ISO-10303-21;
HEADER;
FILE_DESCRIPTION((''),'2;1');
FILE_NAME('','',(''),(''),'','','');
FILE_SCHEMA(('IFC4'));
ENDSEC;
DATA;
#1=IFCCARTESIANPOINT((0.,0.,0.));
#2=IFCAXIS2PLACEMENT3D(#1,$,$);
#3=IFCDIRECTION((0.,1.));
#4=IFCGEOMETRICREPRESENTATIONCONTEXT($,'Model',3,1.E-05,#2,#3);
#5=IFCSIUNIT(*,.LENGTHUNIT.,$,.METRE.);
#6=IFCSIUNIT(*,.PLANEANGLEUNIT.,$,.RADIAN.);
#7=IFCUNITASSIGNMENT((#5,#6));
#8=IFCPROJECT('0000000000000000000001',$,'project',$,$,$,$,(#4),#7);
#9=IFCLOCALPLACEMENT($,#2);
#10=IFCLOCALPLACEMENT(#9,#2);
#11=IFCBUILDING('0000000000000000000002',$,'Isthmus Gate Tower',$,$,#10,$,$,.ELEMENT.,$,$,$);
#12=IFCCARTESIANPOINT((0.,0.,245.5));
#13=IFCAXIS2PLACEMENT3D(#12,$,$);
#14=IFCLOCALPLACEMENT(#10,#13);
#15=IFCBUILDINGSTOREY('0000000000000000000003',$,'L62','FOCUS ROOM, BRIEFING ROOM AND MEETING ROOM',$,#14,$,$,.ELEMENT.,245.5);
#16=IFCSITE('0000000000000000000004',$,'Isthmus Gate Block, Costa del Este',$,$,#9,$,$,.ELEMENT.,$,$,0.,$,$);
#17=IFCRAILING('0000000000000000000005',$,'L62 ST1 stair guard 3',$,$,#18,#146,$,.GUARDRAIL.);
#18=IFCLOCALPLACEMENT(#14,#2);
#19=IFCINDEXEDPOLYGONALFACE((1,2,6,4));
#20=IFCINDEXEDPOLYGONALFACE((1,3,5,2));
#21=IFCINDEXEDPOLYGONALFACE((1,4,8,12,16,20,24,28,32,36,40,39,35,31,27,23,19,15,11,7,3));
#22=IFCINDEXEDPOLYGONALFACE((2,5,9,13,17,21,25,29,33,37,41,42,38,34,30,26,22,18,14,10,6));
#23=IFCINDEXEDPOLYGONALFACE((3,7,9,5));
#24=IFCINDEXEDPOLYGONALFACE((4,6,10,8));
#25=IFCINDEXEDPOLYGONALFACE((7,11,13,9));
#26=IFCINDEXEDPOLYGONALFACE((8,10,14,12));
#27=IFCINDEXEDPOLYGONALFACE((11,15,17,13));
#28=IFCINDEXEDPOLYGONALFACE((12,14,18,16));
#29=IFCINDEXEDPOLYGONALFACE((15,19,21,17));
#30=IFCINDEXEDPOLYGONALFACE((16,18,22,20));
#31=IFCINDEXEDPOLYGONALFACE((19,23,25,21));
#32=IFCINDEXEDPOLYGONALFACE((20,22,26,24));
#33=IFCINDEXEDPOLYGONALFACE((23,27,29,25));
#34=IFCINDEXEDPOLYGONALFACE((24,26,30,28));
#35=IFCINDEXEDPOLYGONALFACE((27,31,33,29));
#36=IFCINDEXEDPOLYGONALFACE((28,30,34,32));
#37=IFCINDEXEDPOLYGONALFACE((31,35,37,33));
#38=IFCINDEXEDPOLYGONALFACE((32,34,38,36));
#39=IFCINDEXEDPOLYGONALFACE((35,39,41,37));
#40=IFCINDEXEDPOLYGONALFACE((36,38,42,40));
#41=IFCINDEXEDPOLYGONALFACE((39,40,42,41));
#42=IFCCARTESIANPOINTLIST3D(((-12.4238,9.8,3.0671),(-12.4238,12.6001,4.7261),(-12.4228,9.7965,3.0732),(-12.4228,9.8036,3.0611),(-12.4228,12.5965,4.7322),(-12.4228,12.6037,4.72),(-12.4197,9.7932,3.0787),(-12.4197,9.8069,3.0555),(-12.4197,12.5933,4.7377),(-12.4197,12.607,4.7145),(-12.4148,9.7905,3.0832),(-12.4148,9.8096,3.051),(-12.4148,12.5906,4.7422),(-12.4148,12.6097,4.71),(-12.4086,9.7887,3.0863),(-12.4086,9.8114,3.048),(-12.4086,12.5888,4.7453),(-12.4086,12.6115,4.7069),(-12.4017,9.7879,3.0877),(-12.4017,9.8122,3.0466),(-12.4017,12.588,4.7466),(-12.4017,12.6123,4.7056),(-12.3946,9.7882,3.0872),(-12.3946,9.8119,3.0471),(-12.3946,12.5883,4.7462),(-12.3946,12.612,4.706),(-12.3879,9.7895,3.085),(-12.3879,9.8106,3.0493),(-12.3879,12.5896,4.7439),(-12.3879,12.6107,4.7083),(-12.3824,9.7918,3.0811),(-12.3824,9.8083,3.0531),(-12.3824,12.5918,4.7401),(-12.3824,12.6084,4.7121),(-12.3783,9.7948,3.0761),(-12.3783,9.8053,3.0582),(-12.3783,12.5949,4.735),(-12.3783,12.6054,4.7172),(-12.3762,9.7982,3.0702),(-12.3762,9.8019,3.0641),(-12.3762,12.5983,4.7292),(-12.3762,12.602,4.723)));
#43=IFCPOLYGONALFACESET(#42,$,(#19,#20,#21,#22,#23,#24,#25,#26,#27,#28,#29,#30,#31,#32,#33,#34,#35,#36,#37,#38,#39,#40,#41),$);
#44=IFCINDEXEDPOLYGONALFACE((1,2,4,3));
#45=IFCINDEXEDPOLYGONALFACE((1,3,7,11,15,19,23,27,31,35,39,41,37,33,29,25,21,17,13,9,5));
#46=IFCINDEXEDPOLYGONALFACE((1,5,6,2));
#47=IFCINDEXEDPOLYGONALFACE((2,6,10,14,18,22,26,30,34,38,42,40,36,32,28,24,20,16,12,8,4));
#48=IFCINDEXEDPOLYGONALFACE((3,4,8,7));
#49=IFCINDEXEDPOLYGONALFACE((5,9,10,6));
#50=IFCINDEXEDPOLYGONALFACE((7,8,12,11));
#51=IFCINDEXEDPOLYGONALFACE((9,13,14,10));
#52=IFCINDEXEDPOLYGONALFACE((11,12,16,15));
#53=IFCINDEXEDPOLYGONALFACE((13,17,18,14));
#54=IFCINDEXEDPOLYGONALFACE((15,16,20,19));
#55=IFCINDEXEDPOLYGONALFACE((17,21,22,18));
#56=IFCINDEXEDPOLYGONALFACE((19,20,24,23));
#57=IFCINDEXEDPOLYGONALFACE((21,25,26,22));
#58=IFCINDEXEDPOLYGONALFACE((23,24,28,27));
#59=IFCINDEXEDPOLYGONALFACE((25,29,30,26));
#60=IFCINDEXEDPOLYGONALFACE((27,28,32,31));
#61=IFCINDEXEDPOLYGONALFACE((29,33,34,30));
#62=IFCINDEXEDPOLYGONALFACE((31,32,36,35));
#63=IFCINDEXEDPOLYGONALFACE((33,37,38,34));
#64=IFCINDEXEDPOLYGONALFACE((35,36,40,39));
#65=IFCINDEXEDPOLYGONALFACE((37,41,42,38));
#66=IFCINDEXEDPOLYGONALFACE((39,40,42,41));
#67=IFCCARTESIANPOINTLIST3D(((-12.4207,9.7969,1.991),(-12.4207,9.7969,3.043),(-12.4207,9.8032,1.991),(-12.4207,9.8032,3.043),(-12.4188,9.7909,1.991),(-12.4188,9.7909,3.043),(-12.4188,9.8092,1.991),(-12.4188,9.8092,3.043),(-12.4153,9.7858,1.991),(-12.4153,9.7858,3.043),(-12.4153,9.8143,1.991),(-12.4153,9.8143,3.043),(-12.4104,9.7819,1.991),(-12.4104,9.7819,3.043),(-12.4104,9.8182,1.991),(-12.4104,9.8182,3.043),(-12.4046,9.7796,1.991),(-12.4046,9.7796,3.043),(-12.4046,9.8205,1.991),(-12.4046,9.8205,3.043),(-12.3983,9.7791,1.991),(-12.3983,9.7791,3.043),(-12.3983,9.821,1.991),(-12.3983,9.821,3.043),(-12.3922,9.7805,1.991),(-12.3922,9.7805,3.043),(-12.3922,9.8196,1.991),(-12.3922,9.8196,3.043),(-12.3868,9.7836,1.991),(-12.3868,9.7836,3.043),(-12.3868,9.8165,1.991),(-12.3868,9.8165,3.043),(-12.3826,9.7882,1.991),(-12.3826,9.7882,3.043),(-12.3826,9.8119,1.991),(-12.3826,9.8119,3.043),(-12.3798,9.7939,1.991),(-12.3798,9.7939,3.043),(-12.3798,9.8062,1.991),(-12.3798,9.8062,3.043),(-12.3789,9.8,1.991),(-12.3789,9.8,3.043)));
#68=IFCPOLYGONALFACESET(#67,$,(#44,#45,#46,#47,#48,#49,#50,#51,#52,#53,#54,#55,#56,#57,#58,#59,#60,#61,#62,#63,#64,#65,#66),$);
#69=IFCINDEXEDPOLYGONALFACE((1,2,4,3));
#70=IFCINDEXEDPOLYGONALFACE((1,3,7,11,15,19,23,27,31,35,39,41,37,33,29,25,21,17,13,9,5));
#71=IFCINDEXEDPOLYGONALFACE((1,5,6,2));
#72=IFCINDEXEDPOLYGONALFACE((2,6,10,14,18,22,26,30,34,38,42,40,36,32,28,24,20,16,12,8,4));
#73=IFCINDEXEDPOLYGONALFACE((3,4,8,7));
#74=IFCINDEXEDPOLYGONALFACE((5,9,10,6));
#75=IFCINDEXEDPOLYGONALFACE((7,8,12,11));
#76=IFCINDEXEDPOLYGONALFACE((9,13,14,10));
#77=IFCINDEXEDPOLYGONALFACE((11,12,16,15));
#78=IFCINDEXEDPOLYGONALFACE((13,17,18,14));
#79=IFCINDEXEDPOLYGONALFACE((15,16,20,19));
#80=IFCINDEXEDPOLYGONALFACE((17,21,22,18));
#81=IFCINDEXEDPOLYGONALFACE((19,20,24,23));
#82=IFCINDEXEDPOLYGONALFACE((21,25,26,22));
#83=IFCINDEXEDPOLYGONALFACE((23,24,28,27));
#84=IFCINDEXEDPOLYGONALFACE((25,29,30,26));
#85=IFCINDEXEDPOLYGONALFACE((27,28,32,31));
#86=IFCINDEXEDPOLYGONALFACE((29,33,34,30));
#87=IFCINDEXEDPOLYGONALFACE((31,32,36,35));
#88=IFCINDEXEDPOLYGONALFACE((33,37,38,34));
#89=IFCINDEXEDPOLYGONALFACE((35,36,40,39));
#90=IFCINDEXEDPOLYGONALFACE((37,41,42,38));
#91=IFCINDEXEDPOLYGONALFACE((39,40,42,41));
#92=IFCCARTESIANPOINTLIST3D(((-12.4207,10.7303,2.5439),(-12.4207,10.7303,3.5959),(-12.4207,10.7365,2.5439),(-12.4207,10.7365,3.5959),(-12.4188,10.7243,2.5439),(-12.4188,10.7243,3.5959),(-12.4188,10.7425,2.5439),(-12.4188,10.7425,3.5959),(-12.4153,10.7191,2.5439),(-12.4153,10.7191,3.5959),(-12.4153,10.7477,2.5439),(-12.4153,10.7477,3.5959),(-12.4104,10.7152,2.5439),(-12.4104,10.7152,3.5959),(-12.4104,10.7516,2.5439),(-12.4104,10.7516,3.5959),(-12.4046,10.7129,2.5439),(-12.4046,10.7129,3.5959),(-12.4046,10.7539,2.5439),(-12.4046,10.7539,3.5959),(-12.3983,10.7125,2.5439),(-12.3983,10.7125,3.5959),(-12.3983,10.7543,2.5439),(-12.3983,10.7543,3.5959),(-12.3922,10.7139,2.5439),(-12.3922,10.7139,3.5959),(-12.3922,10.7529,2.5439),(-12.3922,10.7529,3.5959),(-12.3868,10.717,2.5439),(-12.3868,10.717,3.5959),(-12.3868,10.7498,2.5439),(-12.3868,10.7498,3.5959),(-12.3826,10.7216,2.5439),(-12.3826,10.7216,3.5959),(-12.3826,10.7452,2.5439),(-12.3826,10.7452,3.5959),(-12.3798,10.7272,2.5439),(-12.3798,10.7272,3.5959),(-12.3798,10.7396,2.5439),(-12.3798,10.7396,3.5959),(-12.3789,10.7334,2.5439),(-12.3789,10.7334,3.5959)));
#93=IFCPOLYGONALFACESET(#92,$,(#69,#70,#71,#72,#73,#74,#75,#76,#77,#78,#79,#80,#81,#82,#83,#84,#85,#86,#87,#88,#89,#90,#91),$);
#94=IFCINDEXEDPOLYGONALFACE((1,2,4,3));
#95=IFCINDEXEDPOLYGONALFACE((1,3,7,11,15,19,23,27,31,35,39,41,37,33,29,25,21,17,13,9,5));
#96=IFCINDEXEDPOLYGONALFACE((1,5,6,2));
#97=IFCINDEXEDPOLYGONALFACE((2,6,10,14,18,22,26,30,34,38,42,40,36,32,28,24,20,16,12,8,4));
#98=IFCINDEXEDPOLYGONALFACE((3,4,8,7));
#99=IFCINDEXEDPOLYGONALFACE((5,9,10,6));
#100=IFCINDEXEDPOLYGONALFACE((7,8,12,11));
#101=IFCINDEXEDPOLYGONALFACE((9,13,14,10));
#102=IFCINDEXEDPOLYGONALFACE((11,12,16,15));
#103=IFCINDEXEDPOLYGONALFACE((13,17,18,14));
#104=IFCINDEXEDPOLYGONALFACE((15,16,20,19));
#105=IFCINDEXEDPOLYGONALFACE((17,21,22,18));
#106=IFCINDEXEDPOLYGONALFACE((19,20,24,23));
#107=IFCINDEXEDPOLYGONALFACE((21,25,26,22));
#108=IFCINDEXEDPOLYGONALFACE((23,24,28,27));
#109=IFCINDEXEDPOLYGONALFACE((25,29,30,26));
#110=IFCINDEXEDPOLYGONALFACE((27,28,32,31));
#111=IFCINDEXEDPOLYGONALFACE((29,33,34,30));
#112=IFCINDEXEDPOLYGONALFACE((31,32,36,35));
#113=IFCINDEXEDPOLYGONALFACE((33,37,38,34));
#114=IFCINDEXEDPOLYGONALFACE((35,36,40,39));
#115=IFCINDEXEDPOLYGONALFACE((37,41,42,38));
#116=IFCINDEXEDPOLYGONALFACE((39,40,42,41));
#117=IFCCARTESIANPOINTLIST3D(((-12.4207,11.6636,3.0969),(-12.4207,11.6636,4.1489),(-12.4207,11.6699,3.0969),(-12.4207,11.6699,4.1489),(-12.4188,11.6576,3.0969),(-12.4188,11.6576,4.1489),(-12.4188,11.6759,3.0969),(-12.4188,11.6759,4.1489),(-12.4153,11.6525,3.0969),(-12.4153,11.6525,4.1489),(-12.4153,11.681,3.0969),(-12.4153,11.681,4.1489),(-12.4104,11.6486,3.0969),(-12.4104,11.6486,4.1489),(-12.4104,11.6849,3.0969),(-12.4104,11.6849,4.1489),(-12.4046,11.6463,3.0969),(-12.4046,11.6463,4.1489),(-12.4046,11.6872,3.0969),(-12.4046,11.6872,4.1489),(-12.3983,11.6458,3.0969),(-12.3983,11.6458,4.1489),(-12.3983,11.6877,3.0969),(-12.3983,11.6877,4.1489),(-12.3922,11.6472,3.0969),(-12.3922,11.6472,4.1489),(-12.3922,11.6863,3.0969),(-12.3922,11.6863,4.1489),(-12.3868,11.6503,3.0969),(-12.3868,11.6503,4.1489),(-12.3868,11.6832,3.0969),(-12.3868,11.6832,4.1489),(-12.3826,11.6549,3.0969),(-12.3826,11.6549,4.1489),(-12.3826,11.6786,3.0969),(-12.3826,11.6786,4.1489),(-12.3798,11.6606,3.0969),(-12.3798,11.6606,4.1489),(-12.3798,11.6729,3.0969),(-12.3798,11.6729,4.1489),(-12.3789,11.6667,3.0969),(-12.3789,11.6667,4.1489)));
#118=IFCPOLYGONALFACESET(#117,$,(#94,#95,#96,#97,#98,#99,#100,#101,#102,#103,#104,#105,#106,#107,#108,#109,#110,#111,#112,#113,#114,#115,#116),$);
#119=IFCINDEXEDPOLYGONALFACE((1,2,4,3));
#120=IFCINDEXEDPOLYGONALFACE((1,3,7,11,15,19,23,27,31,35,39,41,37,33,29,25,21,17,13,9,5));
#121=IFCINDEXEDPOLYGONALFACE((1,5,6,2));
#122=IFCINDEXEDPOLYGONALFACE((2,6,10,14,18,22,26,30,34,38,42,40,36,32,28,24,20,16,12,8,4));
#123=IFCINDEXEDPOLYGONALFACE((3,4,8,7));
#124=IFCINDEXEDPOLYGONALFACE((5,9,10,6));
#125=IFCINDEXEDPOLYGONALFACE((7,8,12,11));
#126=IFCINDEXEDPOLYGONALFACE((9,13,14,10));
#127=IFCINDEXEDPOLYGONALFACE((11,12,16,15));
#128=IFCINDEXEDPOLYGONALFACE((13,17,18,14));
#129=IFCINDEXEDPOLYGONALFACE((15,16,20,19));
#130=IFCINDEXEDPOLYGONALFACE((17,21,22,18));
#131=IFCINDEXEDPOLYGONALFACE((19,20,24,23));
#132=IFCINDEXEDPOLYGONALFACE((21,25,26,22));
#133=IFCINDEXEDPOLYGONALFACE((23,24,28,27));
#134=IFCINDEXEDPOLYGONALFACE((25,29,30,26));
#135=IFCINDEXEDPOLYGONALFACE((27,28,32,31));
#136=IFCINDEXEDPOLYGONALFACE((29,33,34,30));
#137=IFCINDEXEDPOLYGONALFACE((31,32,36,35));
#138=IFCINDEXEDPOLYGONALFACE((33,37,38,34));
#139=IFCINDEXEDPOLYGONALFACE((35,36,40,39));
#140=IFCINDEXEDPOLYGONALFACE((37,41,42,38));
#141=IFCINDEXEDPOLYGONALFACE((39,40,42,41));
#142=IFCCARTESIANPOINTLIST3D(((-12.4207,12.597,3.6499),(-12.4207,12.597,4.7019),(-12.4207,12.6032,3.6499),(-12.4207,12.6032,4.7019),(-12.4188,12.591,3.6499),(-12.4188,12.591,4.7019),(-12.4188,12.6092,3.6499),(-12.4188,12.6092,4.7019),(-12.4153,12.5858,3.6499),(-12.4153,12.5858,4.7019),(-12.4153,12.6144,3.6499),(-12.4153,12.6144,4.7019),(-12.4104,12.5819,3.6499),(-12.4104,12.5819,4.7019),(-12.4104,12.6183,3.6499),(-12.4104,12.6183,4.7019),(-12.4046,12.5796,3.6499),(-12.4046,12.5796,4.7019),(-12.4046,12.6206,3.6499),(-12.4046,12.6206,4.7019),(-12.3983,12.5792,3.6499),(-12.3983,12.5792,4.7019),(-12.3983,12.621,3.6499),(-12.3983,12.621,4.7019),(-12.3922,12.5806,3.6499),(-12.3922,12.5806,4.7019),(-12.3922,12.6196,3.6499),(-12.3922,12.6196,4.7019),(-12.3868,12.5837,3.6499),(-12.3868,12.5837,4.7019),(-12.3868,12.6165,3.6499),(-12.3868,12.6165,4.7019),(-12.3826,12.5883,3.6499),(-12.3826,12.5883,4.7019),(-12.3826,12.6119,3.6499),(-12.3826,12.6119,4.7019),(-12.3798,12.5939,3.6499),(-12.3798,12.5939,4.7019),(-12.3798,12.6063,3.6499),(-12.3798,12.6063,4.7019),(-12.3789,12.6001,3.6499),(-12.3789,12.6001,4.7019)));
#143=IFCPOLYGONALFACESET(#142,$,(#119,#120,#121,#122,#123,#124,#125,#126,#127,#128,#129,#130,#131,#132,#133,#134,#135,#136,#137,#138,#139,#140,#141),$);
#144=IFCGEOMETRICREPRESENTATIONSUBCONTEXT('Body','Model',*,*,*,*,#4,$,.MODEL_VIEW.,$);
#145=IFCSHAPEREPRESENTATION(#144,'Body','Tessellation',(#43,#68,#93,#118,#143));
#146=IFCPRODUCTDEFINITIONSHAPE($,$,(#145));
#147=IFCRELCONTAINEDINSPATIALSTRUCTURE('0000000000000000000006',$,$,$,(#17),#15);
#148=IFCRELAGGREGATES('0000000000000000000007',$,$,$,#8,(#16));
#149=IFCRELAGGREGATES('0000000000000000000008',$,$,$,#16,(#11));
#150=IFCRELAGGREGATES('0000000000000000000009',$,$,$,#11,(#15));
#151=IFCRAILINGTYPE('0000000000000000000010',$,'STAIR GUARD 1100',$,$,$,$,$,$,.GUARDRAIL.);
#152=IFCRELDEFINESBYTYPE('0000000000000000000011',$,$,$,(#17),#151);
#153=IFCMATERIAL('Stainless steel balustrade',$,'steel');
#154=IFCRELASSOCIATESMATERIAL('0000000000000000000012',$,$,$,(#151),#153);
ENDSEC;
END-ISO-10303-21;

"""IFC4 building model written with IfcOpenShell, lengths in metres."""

from ifc_helpers import new_model, si_unit, direction, frame, origin, origin_2d, place, context, subcontext, project, spatial, circle, extrude, material, type_object, element, save


model = new_model("IFC4")

# Units and contexts
model_context = context("Model", 3, precision=1e-05, world=origin(), true_north=direction((0.0, 1.0)))
body_context = subcontext(model_context, "Body", "Model", "MODEL_VIEW")
ifc_project = project(units=[si_unit("LENGTHUNIT", "METRE"), si_unit("PLANEANGLEUNIT", "RADIAN")], contexts=[model_context])

# Site, building, storey
site_placement = place(None, origin())
site = spatial("IfcSite", under=ifc_project, at=site_placement, Name="Isthmus Gate Block, Costa del Este", CompositionType="ELEMENT", RefElevation=0.0)
building_placement = place(site_placement, origin())
building = spatial("IfcBuilding", under=site, at=building_placement, Name="Isthmus Gate Tower", CompositionType="ELEMENT")
storey_placement = place(building_placement, frame((0.0, 0.0, 245.5)))
storey = spatial("IfcBuildingStorey", under=building, at=storey_placement, Name="L62", Description="FOCUS ROOM, BRIEFING ROOM AND MEETING ROOM", CompositionType="ELEMENT", Elevation=245.5)

# Railing
ifc_material_1 = material(Name="Stainless steel balustrade", Category="steel")
railing_type_1 = type_object("IfcRailingType", Name="STAIR GUARD 1100", PredefinedType="GUARDRAIL", material=ifc_material_1)
railing_1_placement = place(storey_placement, frame((-12.3999, 9.8, 1.991)))
element("IfcRailing", 1, at=railing_1_placement, inside=storey, type_object=railing_type_1, Name="L62 ST1 stair guard 3", PredefinedType="GUARDRAIL", context=body_context, shape_type="SweptSolid", body=[
    extrude(circle(Radius=0.0239, at=origin_2d()), frame((0.0, 0.0, 1.0762), z_axis=(0.0, 0.860339, 0.509722), x_axis=(-1.0, 0.0, 0.0)), (0.0, 0.0, 1.0), 3.2546),
    extrude(circle(Radius=0.021, at=origin_2d()), origin(), (0.0, 0.0, 1.0), 1.052),
    extrude(circle(Radius=0.021, at=origin_2d()), frame((0.0, 0.9333, 0.553)), (0.0, 0.0, 1.0), 1.052),
    extrude(circle(Radius=0.021, at=origin_2d()), frame((0.0, 1.8667, 1.106)), (0.0, 0.0, 1.0), 1.052),
    extrude(circle(Radius=0.021, at=origin_2d()), frame((0.0, 2.8, 1.6589)), (0.0, 0.0, 1.0), 1.052),
])

save(model, "model.ifc")
